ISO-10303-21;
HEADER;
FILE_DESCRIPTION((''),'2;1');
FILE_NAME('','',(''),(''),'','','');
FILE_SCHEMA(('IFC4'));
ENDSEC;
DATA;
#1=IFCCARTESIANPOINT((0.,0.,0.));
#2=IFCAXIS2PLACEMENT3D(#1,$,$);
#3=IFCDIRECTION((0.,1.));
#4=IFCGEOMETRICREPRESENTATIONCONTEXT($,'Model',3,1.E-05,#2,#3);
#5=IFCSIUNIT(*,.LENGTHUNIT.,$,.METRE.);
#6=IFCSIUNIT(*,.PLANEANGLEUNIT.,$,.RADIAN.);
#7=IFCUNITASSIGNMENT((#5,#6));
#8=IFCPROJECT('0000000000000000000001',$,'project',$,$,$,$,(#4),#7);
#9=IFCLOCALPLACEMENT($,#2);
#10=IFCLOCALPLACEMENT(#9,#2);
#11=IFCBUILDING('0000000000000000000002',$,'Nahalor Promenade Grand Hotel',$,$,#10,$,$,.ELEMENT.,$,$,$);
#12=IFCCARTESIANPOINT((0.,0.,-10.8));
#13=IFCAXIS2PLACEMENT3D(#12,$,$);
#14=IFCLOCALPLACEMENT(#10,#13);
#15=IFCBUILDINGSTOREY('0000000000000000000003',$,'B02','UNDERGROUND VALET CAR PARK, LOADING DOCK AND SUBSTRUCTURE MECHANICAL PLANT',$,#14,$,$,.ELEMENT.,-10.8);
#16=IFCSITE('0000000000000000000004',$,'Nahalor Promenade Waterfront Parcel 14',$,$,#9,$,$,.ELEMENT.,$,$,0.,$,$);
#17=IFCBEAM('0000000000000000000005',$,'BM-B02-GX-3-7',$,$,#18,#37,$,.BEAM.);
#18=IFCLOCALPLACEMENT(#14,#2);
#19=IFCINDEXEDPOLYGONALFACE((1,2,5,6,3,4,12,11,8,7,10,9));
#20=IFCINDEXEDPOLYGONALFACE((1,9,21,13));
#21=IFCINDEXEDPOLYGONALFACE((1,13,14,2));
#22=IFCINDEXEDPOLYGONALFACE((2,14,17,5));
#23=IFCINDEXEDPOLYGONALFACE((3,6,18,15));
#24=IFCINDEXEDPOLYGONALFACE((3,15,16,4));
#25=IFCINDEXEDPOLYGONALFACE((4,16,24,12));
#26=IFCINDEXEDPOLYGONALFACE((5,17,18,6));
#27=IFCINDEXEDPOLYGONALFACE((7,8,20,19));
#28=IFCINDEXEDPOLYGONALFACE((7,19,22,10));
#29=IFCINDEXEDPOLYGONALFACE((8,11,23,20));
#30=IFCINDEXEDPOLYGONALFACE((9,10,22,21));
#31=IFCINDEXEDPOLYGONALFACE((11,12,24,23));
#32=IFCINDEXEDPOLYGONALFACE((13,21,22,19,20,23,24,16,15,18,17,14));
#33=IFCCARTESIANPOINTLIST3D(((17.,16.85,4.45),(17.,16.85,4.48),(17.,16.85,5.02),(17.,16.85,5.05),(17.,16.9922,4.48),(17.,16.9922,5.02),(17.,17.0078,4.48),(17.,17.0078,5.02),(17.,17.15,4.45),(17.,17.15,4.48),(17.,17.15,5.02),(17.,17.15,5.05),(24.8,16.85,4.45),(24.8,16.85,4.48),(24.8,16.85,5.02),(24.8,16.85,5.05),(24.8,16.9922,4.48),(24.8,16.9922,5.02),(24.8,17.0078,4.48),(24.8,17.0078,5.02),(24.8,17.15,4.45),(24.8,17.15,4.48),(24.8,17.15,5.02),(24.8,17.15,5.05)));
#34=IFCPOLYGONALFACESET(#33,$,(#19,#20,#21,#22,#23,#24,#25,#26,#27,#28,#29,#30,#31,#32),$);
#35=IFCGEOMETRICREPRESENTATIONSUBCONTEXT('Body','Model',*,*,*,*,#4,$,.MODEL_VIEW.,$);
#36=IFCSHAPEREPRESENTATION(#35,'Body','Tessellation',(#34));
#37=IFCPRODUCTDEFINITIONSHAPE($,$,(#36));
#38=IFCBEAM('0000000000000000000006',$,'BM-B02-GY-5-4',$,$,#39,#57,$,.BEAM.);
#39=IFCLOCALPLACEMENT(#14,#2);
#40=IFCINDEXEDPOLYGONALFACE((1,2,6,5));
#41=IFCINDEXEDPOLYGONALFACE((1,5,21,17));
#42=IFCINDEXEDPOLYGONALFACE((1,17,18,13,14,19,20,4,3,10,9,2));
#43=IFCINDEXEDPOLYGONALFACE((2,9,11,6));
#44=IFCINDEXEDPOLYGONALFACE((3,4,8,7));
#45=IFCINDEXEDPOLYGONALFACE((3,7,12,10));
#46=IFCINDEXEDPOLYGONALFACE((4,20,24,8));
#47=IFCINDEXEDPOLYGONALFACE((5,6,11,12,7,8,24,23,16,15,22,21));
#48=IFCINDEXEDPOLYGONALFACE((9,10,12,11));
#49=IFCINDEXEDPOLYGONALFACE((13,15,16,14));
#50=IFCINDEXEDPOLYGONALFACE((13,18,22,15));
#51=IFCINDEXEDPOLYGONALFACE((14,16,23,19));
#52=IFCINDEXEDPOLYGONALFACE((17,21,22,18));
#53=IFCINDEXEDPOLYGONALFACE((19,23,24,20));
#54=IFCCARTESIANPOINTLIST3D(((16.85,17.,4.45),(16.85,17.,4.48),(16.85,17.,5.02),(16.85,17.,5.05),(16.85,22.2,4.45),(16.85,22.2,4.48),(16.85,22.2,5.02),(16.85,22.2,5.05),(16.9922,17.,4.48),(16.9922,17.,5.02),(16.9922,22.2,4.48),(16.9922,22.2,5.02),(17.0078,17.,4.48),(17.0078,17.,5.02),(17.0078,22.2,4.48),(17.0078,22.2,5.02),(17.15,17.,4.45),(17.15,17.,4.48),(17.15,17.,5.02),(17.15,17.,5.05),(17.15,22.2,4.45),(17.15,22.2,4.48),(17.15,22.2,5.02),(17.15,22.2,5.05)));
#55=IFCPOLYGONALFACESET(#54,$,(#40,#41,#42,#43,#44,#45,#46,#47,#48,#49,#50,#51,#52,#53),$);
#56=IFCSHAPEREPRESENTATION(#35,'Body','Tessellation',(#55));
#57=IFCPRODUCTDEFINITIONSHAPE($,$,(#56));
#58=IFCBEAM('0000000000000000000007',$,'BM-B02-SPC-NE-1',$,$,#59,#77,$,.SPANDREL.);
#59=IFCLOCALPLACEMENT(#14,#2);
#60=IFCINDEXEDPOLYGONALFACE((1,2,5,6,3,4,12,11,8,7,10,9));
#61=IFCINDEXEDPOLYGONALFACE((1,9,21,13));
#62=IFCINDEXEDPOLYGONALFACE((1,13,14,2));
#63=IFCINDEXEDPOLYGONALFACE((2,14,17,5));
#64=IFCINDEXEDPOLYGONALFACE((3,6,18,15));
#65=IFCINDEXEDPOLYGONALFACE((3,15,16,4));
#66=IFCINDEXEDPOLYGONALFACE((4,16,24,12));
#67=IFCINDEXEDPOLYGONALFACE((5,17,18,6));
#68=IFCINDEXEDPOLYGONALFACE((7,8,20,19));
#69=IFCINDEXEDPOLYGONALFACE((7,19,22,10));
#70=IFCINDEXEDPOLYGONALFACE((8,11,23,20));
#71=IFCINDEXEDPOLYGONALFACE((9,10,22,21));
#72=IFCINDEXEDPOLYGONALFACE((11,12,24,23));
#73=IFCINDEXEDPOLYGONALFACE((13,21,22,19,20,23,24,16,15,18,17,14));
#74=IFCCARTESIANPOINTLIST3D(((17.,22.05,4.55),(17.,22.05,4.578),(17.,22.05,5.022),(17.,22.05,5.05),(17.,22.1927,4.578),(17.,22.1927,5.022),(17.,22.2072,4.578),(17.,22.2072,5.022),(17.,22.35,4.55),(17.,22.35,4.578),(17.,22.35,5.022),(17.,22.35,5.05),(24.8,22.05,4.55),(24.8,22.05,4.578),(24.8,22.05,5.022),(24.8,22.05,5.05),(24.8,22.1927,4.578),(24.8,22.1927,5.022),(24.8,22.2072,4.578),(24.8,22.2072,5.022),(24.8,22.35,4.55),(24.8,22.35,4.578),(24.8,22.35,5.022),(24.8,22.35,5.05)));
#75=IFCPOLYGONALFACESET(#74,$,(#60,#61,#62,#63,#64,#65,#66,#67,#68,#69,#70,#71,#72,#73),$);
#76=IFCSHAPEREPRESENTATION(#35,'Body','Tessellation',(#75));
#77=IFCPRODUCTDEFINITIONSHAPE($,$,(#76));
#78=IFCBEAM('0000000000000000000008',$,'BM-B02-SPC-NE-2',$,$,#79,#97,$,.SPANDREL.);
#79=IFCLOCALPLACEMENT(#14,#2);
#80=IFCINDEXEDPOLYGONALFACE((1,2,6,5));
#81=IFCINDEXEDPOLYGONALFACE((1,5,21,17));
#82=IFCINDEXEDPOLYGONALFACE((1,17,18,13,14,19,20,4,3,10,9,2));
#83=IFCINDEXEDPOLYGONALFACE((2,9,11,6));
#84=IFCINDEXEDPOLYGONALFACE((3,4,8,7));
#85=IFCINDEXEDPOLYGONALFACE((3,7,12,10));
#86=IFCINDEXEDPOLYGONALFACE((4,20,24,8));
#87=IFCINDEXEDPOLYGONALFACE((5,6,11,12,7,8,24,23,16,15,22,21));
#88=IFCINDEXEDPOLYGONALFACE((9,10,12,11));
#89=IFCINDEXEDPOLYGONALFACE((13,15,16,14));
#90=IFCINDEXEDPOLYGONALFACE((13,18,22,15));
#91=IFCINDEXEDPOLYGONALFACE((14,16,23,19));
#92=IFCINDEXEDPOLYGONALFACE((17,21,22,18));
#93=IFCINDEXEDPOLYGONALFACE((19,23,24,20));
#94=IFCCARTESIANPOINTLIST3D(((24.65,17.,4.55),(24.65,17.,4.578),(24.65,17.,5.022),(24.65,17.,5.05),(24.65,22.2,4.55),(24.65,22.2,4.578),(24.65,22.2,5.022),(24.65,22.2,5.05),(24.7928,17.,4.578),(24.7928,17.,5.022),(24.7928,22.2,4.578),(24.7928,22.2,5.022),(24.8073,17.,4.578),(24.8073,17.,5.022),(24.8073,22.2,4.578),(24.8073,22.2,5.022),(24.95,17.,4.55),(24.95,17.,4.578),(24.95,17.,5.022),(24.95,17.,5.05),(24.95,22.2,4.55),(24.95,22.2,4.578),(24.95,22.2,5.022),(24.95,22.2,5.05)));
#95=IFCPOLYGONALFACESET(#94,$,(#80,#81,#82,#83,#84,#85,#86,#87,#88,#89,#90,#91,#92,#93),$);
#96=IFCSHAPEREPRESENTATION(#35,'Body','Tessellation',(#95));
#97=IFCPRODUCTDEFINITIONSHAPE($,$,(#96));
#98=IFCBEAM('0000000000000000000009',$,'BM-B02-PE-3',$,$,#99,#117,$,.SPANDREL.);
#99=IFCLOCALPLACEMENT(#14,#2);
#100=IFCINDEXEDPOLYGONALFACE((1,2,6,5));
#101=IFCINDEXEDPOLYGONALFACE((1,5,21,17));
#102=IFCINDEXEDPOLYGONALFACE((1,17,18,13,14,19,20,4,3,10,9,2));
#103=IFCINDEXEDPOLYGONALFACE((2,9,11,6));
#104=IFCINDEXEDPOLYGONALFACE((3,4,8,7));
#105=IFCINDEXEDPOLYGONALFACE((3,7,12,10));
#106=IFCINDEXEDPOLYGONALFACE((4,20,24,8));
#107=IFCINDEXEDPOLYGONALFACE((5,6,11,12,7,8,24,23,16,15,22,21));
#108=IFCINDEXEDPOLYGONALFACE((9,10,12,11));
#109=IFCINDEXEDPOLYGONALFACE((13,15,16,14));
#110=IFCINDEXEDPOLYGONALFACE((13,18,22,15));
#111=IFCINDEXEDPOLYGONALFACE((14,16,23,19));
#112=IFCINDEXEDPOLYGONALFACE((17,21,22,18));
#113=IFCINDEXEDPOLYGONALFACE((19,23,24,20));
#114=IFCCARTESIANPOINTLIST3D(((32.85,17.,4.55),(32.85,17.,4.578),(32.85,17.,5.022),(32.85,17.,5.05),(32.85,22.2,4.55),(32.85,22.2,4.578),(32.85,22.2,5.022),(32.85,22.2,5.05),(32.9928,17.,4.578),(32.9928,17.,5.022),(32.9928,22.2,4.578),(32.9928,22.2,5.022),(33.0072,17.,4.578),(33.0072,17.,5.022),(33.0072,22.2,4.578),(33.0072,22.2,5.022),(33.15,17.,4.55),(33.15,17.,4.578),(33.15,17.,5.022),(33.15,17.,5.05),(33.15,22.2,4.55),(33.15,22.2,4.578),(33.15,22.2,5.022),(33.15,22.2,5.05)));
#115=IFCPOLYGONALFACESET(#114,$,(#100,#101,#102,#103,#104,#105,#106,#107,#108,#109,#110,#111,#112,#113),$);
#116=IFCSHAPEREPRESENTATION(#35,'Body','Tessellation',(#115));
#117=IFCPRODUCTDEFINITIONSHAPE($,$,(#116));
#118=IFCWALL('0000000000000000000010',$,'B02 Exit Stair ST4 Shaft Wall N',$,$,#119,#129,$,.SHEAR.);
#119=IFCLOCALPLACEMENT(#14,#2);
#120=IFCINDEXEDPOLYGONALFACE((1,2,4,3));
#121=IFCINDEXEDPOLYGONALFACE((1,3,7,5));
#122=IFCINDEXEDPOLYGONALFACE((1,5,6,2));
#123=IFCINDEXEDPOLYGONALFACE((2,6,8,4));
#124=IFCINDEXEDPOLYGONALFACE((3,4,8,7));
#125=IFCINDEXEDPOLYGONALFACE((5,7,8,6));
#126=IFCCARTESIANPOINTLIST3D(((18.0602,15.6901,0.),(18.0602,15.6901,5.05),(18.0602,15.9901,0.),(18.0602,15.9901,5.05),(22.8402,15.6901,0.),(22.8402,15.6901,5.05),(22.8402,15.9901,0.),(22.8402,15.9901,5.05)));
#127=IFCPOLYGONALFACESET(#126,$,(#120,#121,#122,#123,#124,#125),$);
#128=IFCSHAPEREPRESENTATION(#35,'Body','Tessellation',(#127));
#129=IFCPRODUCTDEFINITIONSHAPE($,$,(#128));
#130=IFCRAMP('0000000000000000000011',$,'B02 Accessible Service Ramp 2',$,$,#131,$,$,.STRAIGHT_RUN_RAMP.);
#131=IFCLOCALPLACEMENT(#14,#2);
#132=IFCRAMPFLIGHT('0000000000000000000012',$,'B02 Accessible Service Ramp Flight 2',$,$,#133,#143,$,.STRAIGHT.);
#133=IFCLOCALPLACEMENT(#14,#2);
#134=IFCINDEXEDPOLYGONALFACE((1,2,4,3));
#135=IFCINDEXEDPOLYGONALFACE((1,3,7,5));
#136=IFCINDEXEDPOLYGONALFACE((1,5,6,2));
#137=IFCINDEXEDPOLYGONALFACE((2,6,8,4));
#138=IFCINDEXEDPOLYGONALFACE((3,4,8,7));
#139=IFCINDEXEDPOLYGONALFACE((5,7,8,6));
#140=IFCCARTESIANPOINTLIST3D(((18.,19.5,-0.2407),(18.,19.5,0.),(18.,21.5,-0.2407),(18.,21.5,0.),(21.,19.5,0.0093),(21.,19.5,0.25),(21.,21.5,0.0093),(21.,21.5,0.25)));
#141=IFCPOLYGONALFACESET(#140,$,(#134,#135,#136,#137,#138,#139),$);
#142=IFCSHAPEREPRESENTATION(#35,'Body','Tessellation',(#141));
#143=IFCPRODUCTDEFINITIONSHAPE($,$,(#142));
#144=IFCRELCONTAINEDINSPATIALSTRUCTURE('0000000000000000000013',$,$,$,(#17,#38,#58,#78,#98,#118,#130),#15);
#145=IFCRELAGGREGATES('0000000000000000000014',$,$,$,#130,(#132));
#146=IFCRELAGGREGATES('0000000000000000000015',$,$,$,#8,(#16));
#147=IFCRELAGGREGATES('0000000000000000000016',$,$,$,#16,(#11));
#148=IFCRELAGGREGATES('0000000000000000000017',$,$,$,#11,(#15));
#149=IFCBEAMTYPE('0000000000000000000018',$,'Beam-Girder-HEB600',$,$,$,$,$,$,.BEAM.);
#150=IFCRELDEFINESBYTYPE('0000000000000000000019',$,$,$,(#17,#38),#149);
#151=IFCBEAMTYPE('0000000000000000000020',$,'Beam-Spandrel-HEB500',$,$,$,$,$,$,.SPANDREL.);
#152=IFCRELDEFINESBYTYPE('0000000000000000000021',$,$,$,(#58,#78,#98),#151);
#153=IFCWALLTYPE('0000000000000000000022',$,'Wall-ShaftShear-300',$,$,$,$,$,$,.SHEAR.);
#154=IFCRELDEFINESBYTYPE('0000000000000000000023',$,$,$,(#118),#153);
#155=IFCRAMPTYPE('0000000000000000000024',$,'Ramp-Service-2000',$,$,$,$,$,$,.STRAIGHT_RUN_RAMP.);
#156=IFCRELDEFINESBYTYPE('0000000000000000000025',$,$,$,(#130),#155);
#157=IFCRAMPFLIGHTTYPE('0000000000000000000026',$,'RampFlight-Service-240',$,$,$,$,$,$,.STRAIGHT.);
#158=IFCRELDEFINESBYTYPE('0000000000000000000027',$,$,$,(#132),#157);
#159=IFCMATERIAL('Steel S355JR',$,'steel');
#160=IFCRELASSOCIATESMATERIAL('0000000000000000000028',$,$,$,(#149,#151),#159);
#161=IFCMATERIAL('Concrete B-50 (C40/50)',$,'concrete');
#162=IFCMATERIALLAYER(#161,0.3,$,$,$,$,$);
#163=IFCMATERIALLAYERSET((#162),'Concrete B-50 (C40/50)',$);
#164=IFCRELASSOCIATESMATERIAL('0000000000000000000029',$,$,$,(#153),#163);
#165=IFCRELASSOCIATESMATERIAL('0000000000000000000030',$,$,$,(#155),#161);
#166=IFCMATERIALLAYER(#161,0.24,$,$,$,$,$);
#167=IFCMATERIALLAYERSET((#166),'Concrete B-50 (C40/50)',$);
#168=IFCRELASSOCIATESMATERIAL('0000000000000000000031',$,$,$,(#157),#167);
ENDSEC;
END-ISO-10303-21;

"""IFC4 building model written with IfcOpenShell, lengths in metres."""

from ifc_helpers import new_model, si_unit, direction, frame, frame_2d, origin, origin_2d, place, context, subcontext, project, spatial, polyline, rectangle, i_section, outline, extrude, source, transform, mapped, material, layer, layer_set, material_profile, profile_set, type_object, element, aggregate, save


model = new_model("IFC4")

# Units and contexts
model_context = context("Model", 3, precision=1e-05, world=origin(), true_north=direction((0.0, 1.0)))
body_context = subcontext(model_context, "Body", "Model", "MODEL_VIEW")
ifc_project = project(units=[si_unit("LENGTHUNIT", "METRE"), si_unit("PLANEANGLEUNIT", "RADIAN")], contexts=[model_context])

# Site, building, storey
site_placement = place(None, origin())
site = spatial("IfcSite", under=ifc_project, at=site_placement, Name="Nahalor Promenade Waterfront Parcel 14", CompositionType="ELEMENT", RefElevation=0.0)
building_placement = place(site_placement, origin())
building = spatial("IfcBuilding", under=site, at=building_placement, Name="Nahalor Promenade Grand Hotel", CompositionType="ELEMENT")
storey_placement = place(building_placement, frame((0.0, 0.0, -10.8)))
storey = spatial("IfcBuildingStorey", under=building, at=storey_placement, Name="B02", Description="UNDERGROUND VALET CAR PARK, LOADING DOCK AND SUBSTRUCTURE MECHANICAL PLANT", CompositionType="ELEMENT", Elevation=-10.8)

# Shared definitions
ifc_material_1 = material(Name="Concrete B-50 (C40/50)", Category="concrete")

# Beams
ifc_material_2 = material(Name="Steel S355JR", Category="steel")
ifc_material_profile_1 = material_profile(ifc_material_2, i_section(OverallWidth=0.3, OverallDepth=0.6, WebThickness=0.0155, FlangeThickness=0.03, at=origin_2d()), Name="HEB 600")
ifc_profile_set_1 = profile_set([ifc_material_profile_1], Name="Steel S355JR")
beam_type_1 = type_object("IfcBeamType", Name="Beam-Girder-HEB600", PredefinedType="BEAM", material=ifc_profile_set_1)
shared_shape_1 = source(origin(), body_context, "Body", "SweptSolid", [
    extrude(i_section(OverallWidth=0.3, OverallDepth=0.6, WebThickness=0.0155, FlangeThickness=0.03, at=origin_2d()), origin(), (0.0, 0.0, 1.0), 7.8),
])
beam_1_placement = place(storey_placement, frame((17.0, 17.0, 4.75), z_axis=(1.0, 0.0, 0.0), x_axis=(0.0, 1.0, 0.0)))
element("IfcBeam", 1, at=beam_1_placement, inside=storey, type_object=beam_type_1, Name="BM-B02-GX-3-7", PredefinedType="BEAM", context=body_context, shape_type="MappedRepresentation", body=[
    mapped(shared_shape_1, transform((0.0, 0.0, 0.0), scale=1.0)),
])
shared_shape_2 = source(origin(), body_context, "Body", "SweptSolid", [
    extrude(i_section(OverallWidth=0.3, OverallDepth=0.6, WebThickness=0.0155, FlangeThickness=0.03, at=origin_2d()), origin(), (0.0, 0.0, 1.0), 5.2),
])
beam_2_placement = place(storey_placement, frame((17.0, 17.0, 4.75), z_axis=(0.0, 1.0, 0.0), x_axis=(-1.0, 0.0, 0.0)))
element("IfcBeam", 2, at=beam_2_placement, inside=storey, type_object=beam_type_1, Name="BM-B02-GY-5-4", PredefinedType="BEAM", context=body_context, shape_type="MappedRepresentation", body=[
    mapped(shared_shape_2, transform((0.0, 0.0, 0.0), scale=1.0)),
])
ifc_material_profile_2 = material_profile(ifc_material_2, i_section(OverallWidth=0.3, OverallDepth=0.5, WebThickness=0.0145, FlangeThickness=0.028, at=origin_2d()), Name="HEB 500")
ifc_profile_set_2 = profile_set([ifc_material_profile_2], Name="Steel S355JR")
beam_type_2 = type_object("IfcBeamType", Name="Beam-Spandrel-HEB500", PredefinedType="SPANDREL", material=ifc_profile_set_2)
shared_shape_3 = source(origin(), body_context, "Body", "SweptSolid", [
    extrude(i_section(OverallWidth=0.3, OverallDepth=0.5, WebThickness=0.0145, FlangeThickness=0.028, at=origin_2d()), origin(), (0.0, 0.0, 1.0), 7.8),
])
beam_3_placement = place(storey_placement, frame((17.0, 22.2, 4.8), z_axis=(1.0, 0.0, 0.0), x_axis=(0.0, 1.0, 0.0)))
element("IfcBeam", 3, at=beam_3_placement, inside=storey, type_object=beam_type_2, Name="BM-B02-SPC-NE-1", PredefinedType="SPANDREL", context=body_context, shape_type="MappedRepresentation", body=[
    mapped(shared_shape_3, transform((0.0, 0.0, 0.0), scale=1.0)),
])
shared_shape_4 = source(origin(), body_context, "Body", "SweptSolid", [
    extrude(i_section(OverallWidth=0.3, OverallDepth=0.5, WebThickness=0.0145, FlangeThickness=0.028, at=origin_2d()), origin(), (0.0, 0.0, 1.0), 5.2),
])
for number, where, z_axis, x_axis, name in (
    (4, (24.8, 22.2, 4.8), (0.0, -1.0, 0.0), (1.0, 0.0, 0.0), "BM-B02-SPC-NE-2"),
    (5, (33.0, 17.0, 4.8), (0.0, 1.0, 0.0), (-1.0, 0.0, 0.0), "BM-B02-PE-3"),
):
    element("IfcBeam", number, at=place(storey_placement, frame(where, z_axis=z_axis, x_axis=x_axis)), inside=storey, type_object=beam_type_2, Name=name, PredefinedType="SPANDREL", context=body_context, shape_type="MappedRepresentation", body=[
        mapped(shared_shape_4, transform((0.0, 0.0, 0.0), scale=1.0)),
    ])

# Wall
ifc_layer_1 = layer(ifc_material_1, 0.3)
ifc_layer_set_1 = layer_set([ifc_layer_1], Name="Concrete B-50 (C40/50)")
wall_type = type_object("IfcWallType", Name="Wall-ShaftShear-300", PredefinedType="SHEAR", material=ifc_layer_set_1)
shared_shape_5 = source(origin(), body_context, "Body", "SweptSolid", [
    extrude(rectangle(XDim=4.78, YDim=0.3, at=frame_2d((2.3901, 0.0))), origin(), (0.0, 0.0, 1.0), 5.05),
])
wall_placement = place(storey_placement, frame((18.0601, 15.8401, 0.0), z_axis=(0.0, 0.0, 1.0), x_axis=(1.0, 0.0, 0.0)))
element("IfcWall", 6, at=wall_placement, inside=storey, type_object=wall_type, Name="B02 Exit Stair ST4 Shaft Wall N", PredefinedType="SHEAR", context=body_context, shape_type="MappedRepresentation", body=[
    mapped(shared_shape_5, transform((0.0, 0.0, 0.0), scale=1.0)),
])

# Ramp, ramp flight
ramp_type = type_object("IfcRampType", Name="Ramp-Service-2000", PredefinedType="STRAIGHT_RUN_RAMP", material=ifc_material_1)
ramp_placement = place(storey_placement, origin())
ramp = element("IfcRamp", 7, at=ramp_placement, inside=storey, type_object=ramp_type, Name="B02 Accessible Service Ramp 2", PredefinedType="STRAIGHT_RUN_RAMP")
ifc_layer_2 = layer(ifc_material_1, 0.24)
ifc_layer_set_2 = layer_set([ifc_layer_2], Name="Concrete B-50 (C40/50)")
ramp_flight_type = type_object("IfcRampFlightType", Name="RampFlight-Service-240", PredefinedType="STRAIGHT", material=ifc_layer_set_2)
ramp_flight_placement = place(storey_placement, frame((18.0, 19.5, 0.0), z_axis=(-0.083045, 0.0, 0.996546), x_axis=(0.0, 1.0, 0.0)))
ramp_flight = element("IfcRampFlight", 8, at=ramp_flight_placement, type_object=ramp_flight_type, Name="B02 Accessible Service Ramp Flight 2", PredefinedType="STRAIGHT", context=body_context, shape_type="SweptSolid", body=[
    extrude(outline(polyline([(0.0, 0.0), (2.0, 0.0), (2.0, -3.0104), (0.0, -3.0104), (0.0, 0.0)])), origin(), (0.0, 0.083045, -0.996546), 0.2407),
])
aggregate(ramp, [ramp_flight])

save(model, "model.ifc")
